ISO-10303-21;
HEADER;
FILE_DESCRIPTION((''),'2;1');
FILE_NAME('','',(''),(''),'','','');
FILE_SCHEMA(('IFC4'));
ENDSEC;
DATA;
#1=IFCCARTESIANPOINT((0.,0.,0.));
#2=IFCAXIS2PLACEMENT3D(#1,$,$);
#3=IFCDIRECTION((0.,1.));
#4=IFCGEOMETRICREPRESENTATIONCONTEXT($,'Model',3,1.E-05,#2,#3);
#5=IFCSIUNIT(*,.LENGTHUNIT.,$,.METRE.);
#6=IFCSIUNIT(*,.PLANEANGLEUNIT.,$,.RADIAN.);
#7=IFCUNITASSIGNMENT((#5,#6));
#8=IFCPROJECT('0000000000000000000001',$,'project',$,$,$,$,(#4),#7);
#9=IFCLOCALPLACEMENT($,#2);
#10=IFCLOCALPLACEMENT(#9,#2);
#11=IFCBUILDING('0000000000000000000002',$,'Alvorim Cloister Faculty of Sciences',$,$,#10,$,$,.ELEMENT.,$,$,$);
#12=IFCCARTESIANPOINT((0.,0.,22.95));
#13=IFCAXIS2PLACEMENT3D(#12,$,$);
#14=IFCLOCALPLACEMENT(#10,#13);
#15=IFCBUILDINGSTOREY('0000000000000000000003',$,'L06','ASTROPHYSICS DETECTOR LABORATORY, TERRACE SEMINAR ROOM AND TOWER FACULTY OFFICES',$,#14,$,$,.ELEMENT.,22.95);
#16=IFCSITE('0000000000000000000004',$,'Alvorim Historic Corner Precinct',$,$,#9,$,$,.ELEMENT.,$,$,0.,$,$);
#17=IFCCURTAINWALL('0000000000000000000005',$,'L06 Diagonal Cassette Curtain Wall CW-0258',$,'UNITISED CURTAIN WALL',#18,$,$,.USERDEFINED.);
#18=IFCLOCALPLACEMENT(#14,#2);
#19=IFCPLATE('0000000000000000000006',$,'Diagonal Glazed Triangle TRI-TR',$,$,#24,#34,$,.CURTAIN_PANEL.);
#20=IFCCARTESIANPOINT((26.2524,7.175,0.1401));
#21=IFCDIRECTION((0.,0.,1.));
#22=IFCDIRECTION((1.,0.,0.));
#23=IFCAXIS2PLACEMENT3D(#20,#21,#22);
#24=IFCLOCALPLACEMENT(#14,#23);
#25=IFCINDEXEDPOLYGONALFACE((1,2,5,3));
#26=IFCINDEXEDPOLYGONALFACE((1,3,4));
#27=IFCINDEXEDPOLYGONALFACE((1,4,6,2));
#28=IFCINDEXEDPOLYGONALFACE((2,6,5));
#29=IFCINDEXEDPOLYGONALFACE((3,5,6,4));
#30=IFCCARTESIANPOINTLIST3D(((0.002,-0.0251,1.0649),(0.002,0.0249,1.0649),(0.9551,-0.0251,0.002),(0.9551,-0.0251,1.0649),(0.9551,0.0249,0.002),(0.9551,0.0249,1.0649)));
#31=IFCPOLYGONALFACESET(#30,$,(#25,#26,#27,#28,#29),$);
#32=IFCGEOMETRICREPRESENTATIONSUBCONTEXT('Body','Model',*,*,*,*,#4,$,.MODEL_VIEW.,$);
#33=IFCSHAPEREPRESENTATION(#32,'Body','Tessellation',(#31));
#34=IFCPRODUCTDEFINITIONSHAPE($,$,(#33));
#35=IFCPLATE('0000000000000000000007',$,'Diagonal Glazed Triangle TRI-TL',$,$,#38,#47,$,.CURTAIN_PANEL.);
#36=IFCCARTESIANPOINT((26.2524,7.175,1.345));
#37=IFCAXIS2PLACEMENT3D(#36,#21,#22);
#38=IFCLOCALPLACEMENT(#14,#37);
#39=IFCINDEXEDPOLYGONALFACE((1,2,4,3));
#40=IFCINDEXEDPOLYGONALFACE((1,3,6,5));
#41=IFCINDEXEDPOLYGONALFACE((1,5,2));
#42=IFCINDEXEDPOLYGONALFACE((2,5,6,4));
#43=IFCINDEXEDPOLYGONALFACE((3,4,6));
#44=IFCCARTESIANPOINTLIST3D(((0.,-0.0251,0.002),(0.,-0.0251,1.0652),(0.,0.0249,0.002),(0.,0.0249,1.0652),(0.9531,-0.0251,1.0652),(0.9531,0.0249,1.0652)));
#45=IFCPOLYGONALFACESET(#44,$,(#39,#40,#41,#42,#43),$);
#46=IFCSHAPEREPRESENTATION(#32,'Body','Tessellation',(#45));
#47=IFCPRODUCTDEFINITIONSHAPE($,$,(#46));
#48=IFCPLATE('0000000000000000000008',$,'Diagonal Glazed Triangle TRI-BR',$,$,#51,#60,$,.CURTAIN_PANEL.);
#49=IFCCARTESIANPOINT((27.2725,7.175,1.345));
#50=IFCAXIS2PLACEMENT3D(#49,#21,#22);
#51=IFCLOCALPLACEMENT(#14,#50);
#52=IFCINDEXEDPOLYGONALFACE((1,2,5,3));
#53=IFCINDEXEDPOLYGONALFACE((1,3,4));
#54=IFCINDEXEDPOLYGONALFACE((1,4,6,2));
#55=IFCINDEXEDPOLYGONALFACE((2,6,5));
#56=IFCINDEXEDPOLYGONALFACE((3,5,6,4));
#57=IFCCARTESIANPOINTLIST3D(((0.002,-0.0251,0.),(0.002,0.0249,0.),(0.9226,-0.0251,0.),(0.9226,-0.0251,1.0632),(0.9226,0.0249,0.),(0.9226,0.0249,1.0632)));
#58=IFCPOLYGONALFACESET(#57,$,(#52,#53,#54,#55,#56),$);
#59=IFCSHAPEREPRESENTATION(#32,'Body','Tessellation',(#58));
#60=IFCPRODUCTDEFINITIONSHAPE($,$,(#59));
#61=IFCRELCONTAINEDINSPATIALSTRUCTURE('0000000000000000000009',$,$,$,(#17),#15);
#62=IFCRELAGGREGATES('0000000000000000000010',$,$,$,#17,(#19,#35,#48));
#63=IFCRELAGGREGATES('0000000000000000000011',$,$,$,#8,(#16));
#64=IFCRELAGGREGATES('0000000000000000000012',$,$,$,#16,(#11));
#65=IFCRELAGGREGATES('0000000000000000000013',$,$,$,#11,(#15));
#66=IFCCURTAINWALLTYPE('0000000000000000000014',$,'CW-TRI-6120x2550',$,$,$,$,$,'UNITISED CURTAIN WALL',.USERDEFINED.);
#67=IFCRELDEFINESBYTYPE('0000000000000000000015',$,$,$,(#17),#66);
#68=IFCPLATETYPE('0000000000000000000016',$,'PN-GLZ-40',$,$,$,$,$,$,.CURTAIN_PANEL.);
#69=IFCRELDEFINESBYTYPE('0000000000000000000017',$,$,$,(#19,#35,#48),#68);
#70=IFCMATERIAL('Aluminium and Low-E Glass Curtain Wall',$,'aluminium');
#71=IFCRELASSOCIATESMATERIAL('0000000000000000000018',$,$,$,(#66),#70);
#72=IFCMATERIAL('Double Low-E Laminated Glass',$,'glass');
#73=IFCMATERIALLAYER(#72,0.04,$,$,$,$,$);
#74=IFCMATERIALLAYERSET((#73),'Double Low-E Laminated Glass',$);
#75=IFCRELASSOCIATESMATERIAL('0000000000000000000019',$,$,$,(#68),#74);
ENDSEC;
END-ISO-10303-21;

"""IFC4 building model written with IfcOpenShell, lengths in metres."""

from ifc_helpers import new_model, si_unit, direction, frame, origin, place, context, subcontext, project, spatial, polyline, outline, extrude, material, layer, layer_set, type_object, element, aggregate, save


model = new_model("IFC4")

# Units and contexts
model_context = context("Model", 3, precision=1e-05, world=origin(), true_north=direction((0.0, 1.0)))
body_context = subcontext(model_context, "Body", "Model", "MODEL_VIEW")
ifc_project = project(units=[si_unit("LENGTHUNIT", "METRE"), si_unit("PLANEANGLEUNIT", "RADIAN")], contexts=[model_context])

# Site, building, storey
site_placement = place(None, origin())
site = spatial("IfcSite", under=ifc_project, at=site_placement, Name="Alvorim Historic Corner Precinct", CompositionType="ELEMENT", RefElevation=0.0)
building_placement = place(site_placement, origin())
building = spatial("IfcBuilding", under=site, at=building_placement, Name="Alvorim Cloister Faculty of Sciences", CompositionType="ELEMENT")
storey_placement = place(building_placement, frame((0.0, 0.0, 22.95)))
storey = spatial("IfcBuildingStorey", under=building, at=storey_placement, Name="L06", Description="ASTROPHYSICS DETECTOR LABORATORY, TERRACE SEMINAR ROOM AND TOWER FACULTY OFFICES", CompositionType="ELEMENT", Elevation=22.95)

# Curtain wall, plates
ifc_material_1 = material(Name="Aluminium and Low-E Glass Curtain Wall", Category="aluminium")
curtain_wall_type = type_object("IfcCurtainWallType", Name="CW-TRI-6120x2550", ElementType="UNITISED CURTAIN WALL", PredefinedType="USERDEFINED", material=ifc_material_1)
curtain_wall_placement = place(storey_placement, origin())
curtain_wall = element("IfcCurtainWall", 1, at=curtain_wall_placement, inside=storey, type_object=curtain_wall_type, Name="L06 Diagonal Cassette Curtain Wall CW-0258", ObjectType="UNITISED CURTAIN WALL", PredefinedType="USERDEFINED")
ifc_material_2 = material(Name="Double Low-E Laminated Glass", Category="glass")
ifc_layer = layer(ifc_material_2, 0.04)
ifc_layer_set = layer_set([ifc_layer], Name="Double Low-E Laminated Glass")
plate_type = type_object("IfcPlateType", Name="PN-GLZ-40", PredefinedType="CURTAIN_PANEL", material=ifc_layer_set)
plate_1_placement = place(storey_placement, frame((26.2524, 7.175, 0.1401), z_axis=(0.0, 0.0, 1.0), x_axis=(1.0, 0.0, 0.0)))
plate_1 = element("IfcPlate", 2, at=plate_1_placement, type_object=plate_type, Name="Diagonal Glazed Triangle TRI-TR", PredefinedType="CURTAIN_PANEL", context=body_context, shape_type="SweptSolid", body=[
    extrude(outline(polyline([(0.9551, 0.002), (0.9551, 1.0649), (0.002, 1.0649), (0.9551, 0.002)])), frame((0.0, 0.0249, 0.0), z_axis=(0.0, -1.0, 0.0), x_axis=(1.0, 0.0, 0.0)), (0.0, 0.0, 1.0), 0.05),
])
plate_2_placement = place(storey_placement, frame((26.2524, 7.175, 1.345), z_axis=(0.0, 0.0, 1.0), x_axis=(1.0, 0.0, 0.0)))
plate_2 = element("IfcPlate", 3, at=plate_2_placement, type_object=plate_type, Name="Diagonal Glazed Triangle TRI-TL", PredefinedType="CURTAIN_PANEL", context=body_context, shape_type="SweptSolid", body=[
    extrude(outline(polyline([(0.9531, 1.0652), (0.0, 1.0652), (0.0, 0.002), (0.9531, 1.0652)])), frame((0.0, 0.0249, 0.0), z_axis=(0.0, -1.0, 0.0), x_axis=(1.0, 0.0, 0.0)), (0.0, 0.0, 1.0), 0.05),
])
plate_3_placement = place(storey_placement, frame((27.2725, 7.175, 1.345), z_axis=(0.0, 0.0, 1.0), x_axis=(1.0, 0.0, 0.0)))
plate_3 = element("IfcPlate", 4, at=plate_3_placement, type_object=plate_type, Name="Diagonal Glazed Triangle TRI-BR", PredefinedType="CURTAIN_PANEL", context=body_context, shape_type="SweptSolid", body=[
    extrude(outline(polyline([(0.002, 0.0), (0.9226, 0.0), (0.9226, 1.0632), (0.002, 0.0)])), frame((0.0, 0.0249, 0.0), z_axis=(0.0, -1.0, 0.0), x_axis=(1.0, 0.0, 0.0)), (0.0, 0.0, 1.0), 0.05),
])
aggregate(curtain_wall, [plate_1, plate_2, plate_3])

save(model, "model.ifc")
